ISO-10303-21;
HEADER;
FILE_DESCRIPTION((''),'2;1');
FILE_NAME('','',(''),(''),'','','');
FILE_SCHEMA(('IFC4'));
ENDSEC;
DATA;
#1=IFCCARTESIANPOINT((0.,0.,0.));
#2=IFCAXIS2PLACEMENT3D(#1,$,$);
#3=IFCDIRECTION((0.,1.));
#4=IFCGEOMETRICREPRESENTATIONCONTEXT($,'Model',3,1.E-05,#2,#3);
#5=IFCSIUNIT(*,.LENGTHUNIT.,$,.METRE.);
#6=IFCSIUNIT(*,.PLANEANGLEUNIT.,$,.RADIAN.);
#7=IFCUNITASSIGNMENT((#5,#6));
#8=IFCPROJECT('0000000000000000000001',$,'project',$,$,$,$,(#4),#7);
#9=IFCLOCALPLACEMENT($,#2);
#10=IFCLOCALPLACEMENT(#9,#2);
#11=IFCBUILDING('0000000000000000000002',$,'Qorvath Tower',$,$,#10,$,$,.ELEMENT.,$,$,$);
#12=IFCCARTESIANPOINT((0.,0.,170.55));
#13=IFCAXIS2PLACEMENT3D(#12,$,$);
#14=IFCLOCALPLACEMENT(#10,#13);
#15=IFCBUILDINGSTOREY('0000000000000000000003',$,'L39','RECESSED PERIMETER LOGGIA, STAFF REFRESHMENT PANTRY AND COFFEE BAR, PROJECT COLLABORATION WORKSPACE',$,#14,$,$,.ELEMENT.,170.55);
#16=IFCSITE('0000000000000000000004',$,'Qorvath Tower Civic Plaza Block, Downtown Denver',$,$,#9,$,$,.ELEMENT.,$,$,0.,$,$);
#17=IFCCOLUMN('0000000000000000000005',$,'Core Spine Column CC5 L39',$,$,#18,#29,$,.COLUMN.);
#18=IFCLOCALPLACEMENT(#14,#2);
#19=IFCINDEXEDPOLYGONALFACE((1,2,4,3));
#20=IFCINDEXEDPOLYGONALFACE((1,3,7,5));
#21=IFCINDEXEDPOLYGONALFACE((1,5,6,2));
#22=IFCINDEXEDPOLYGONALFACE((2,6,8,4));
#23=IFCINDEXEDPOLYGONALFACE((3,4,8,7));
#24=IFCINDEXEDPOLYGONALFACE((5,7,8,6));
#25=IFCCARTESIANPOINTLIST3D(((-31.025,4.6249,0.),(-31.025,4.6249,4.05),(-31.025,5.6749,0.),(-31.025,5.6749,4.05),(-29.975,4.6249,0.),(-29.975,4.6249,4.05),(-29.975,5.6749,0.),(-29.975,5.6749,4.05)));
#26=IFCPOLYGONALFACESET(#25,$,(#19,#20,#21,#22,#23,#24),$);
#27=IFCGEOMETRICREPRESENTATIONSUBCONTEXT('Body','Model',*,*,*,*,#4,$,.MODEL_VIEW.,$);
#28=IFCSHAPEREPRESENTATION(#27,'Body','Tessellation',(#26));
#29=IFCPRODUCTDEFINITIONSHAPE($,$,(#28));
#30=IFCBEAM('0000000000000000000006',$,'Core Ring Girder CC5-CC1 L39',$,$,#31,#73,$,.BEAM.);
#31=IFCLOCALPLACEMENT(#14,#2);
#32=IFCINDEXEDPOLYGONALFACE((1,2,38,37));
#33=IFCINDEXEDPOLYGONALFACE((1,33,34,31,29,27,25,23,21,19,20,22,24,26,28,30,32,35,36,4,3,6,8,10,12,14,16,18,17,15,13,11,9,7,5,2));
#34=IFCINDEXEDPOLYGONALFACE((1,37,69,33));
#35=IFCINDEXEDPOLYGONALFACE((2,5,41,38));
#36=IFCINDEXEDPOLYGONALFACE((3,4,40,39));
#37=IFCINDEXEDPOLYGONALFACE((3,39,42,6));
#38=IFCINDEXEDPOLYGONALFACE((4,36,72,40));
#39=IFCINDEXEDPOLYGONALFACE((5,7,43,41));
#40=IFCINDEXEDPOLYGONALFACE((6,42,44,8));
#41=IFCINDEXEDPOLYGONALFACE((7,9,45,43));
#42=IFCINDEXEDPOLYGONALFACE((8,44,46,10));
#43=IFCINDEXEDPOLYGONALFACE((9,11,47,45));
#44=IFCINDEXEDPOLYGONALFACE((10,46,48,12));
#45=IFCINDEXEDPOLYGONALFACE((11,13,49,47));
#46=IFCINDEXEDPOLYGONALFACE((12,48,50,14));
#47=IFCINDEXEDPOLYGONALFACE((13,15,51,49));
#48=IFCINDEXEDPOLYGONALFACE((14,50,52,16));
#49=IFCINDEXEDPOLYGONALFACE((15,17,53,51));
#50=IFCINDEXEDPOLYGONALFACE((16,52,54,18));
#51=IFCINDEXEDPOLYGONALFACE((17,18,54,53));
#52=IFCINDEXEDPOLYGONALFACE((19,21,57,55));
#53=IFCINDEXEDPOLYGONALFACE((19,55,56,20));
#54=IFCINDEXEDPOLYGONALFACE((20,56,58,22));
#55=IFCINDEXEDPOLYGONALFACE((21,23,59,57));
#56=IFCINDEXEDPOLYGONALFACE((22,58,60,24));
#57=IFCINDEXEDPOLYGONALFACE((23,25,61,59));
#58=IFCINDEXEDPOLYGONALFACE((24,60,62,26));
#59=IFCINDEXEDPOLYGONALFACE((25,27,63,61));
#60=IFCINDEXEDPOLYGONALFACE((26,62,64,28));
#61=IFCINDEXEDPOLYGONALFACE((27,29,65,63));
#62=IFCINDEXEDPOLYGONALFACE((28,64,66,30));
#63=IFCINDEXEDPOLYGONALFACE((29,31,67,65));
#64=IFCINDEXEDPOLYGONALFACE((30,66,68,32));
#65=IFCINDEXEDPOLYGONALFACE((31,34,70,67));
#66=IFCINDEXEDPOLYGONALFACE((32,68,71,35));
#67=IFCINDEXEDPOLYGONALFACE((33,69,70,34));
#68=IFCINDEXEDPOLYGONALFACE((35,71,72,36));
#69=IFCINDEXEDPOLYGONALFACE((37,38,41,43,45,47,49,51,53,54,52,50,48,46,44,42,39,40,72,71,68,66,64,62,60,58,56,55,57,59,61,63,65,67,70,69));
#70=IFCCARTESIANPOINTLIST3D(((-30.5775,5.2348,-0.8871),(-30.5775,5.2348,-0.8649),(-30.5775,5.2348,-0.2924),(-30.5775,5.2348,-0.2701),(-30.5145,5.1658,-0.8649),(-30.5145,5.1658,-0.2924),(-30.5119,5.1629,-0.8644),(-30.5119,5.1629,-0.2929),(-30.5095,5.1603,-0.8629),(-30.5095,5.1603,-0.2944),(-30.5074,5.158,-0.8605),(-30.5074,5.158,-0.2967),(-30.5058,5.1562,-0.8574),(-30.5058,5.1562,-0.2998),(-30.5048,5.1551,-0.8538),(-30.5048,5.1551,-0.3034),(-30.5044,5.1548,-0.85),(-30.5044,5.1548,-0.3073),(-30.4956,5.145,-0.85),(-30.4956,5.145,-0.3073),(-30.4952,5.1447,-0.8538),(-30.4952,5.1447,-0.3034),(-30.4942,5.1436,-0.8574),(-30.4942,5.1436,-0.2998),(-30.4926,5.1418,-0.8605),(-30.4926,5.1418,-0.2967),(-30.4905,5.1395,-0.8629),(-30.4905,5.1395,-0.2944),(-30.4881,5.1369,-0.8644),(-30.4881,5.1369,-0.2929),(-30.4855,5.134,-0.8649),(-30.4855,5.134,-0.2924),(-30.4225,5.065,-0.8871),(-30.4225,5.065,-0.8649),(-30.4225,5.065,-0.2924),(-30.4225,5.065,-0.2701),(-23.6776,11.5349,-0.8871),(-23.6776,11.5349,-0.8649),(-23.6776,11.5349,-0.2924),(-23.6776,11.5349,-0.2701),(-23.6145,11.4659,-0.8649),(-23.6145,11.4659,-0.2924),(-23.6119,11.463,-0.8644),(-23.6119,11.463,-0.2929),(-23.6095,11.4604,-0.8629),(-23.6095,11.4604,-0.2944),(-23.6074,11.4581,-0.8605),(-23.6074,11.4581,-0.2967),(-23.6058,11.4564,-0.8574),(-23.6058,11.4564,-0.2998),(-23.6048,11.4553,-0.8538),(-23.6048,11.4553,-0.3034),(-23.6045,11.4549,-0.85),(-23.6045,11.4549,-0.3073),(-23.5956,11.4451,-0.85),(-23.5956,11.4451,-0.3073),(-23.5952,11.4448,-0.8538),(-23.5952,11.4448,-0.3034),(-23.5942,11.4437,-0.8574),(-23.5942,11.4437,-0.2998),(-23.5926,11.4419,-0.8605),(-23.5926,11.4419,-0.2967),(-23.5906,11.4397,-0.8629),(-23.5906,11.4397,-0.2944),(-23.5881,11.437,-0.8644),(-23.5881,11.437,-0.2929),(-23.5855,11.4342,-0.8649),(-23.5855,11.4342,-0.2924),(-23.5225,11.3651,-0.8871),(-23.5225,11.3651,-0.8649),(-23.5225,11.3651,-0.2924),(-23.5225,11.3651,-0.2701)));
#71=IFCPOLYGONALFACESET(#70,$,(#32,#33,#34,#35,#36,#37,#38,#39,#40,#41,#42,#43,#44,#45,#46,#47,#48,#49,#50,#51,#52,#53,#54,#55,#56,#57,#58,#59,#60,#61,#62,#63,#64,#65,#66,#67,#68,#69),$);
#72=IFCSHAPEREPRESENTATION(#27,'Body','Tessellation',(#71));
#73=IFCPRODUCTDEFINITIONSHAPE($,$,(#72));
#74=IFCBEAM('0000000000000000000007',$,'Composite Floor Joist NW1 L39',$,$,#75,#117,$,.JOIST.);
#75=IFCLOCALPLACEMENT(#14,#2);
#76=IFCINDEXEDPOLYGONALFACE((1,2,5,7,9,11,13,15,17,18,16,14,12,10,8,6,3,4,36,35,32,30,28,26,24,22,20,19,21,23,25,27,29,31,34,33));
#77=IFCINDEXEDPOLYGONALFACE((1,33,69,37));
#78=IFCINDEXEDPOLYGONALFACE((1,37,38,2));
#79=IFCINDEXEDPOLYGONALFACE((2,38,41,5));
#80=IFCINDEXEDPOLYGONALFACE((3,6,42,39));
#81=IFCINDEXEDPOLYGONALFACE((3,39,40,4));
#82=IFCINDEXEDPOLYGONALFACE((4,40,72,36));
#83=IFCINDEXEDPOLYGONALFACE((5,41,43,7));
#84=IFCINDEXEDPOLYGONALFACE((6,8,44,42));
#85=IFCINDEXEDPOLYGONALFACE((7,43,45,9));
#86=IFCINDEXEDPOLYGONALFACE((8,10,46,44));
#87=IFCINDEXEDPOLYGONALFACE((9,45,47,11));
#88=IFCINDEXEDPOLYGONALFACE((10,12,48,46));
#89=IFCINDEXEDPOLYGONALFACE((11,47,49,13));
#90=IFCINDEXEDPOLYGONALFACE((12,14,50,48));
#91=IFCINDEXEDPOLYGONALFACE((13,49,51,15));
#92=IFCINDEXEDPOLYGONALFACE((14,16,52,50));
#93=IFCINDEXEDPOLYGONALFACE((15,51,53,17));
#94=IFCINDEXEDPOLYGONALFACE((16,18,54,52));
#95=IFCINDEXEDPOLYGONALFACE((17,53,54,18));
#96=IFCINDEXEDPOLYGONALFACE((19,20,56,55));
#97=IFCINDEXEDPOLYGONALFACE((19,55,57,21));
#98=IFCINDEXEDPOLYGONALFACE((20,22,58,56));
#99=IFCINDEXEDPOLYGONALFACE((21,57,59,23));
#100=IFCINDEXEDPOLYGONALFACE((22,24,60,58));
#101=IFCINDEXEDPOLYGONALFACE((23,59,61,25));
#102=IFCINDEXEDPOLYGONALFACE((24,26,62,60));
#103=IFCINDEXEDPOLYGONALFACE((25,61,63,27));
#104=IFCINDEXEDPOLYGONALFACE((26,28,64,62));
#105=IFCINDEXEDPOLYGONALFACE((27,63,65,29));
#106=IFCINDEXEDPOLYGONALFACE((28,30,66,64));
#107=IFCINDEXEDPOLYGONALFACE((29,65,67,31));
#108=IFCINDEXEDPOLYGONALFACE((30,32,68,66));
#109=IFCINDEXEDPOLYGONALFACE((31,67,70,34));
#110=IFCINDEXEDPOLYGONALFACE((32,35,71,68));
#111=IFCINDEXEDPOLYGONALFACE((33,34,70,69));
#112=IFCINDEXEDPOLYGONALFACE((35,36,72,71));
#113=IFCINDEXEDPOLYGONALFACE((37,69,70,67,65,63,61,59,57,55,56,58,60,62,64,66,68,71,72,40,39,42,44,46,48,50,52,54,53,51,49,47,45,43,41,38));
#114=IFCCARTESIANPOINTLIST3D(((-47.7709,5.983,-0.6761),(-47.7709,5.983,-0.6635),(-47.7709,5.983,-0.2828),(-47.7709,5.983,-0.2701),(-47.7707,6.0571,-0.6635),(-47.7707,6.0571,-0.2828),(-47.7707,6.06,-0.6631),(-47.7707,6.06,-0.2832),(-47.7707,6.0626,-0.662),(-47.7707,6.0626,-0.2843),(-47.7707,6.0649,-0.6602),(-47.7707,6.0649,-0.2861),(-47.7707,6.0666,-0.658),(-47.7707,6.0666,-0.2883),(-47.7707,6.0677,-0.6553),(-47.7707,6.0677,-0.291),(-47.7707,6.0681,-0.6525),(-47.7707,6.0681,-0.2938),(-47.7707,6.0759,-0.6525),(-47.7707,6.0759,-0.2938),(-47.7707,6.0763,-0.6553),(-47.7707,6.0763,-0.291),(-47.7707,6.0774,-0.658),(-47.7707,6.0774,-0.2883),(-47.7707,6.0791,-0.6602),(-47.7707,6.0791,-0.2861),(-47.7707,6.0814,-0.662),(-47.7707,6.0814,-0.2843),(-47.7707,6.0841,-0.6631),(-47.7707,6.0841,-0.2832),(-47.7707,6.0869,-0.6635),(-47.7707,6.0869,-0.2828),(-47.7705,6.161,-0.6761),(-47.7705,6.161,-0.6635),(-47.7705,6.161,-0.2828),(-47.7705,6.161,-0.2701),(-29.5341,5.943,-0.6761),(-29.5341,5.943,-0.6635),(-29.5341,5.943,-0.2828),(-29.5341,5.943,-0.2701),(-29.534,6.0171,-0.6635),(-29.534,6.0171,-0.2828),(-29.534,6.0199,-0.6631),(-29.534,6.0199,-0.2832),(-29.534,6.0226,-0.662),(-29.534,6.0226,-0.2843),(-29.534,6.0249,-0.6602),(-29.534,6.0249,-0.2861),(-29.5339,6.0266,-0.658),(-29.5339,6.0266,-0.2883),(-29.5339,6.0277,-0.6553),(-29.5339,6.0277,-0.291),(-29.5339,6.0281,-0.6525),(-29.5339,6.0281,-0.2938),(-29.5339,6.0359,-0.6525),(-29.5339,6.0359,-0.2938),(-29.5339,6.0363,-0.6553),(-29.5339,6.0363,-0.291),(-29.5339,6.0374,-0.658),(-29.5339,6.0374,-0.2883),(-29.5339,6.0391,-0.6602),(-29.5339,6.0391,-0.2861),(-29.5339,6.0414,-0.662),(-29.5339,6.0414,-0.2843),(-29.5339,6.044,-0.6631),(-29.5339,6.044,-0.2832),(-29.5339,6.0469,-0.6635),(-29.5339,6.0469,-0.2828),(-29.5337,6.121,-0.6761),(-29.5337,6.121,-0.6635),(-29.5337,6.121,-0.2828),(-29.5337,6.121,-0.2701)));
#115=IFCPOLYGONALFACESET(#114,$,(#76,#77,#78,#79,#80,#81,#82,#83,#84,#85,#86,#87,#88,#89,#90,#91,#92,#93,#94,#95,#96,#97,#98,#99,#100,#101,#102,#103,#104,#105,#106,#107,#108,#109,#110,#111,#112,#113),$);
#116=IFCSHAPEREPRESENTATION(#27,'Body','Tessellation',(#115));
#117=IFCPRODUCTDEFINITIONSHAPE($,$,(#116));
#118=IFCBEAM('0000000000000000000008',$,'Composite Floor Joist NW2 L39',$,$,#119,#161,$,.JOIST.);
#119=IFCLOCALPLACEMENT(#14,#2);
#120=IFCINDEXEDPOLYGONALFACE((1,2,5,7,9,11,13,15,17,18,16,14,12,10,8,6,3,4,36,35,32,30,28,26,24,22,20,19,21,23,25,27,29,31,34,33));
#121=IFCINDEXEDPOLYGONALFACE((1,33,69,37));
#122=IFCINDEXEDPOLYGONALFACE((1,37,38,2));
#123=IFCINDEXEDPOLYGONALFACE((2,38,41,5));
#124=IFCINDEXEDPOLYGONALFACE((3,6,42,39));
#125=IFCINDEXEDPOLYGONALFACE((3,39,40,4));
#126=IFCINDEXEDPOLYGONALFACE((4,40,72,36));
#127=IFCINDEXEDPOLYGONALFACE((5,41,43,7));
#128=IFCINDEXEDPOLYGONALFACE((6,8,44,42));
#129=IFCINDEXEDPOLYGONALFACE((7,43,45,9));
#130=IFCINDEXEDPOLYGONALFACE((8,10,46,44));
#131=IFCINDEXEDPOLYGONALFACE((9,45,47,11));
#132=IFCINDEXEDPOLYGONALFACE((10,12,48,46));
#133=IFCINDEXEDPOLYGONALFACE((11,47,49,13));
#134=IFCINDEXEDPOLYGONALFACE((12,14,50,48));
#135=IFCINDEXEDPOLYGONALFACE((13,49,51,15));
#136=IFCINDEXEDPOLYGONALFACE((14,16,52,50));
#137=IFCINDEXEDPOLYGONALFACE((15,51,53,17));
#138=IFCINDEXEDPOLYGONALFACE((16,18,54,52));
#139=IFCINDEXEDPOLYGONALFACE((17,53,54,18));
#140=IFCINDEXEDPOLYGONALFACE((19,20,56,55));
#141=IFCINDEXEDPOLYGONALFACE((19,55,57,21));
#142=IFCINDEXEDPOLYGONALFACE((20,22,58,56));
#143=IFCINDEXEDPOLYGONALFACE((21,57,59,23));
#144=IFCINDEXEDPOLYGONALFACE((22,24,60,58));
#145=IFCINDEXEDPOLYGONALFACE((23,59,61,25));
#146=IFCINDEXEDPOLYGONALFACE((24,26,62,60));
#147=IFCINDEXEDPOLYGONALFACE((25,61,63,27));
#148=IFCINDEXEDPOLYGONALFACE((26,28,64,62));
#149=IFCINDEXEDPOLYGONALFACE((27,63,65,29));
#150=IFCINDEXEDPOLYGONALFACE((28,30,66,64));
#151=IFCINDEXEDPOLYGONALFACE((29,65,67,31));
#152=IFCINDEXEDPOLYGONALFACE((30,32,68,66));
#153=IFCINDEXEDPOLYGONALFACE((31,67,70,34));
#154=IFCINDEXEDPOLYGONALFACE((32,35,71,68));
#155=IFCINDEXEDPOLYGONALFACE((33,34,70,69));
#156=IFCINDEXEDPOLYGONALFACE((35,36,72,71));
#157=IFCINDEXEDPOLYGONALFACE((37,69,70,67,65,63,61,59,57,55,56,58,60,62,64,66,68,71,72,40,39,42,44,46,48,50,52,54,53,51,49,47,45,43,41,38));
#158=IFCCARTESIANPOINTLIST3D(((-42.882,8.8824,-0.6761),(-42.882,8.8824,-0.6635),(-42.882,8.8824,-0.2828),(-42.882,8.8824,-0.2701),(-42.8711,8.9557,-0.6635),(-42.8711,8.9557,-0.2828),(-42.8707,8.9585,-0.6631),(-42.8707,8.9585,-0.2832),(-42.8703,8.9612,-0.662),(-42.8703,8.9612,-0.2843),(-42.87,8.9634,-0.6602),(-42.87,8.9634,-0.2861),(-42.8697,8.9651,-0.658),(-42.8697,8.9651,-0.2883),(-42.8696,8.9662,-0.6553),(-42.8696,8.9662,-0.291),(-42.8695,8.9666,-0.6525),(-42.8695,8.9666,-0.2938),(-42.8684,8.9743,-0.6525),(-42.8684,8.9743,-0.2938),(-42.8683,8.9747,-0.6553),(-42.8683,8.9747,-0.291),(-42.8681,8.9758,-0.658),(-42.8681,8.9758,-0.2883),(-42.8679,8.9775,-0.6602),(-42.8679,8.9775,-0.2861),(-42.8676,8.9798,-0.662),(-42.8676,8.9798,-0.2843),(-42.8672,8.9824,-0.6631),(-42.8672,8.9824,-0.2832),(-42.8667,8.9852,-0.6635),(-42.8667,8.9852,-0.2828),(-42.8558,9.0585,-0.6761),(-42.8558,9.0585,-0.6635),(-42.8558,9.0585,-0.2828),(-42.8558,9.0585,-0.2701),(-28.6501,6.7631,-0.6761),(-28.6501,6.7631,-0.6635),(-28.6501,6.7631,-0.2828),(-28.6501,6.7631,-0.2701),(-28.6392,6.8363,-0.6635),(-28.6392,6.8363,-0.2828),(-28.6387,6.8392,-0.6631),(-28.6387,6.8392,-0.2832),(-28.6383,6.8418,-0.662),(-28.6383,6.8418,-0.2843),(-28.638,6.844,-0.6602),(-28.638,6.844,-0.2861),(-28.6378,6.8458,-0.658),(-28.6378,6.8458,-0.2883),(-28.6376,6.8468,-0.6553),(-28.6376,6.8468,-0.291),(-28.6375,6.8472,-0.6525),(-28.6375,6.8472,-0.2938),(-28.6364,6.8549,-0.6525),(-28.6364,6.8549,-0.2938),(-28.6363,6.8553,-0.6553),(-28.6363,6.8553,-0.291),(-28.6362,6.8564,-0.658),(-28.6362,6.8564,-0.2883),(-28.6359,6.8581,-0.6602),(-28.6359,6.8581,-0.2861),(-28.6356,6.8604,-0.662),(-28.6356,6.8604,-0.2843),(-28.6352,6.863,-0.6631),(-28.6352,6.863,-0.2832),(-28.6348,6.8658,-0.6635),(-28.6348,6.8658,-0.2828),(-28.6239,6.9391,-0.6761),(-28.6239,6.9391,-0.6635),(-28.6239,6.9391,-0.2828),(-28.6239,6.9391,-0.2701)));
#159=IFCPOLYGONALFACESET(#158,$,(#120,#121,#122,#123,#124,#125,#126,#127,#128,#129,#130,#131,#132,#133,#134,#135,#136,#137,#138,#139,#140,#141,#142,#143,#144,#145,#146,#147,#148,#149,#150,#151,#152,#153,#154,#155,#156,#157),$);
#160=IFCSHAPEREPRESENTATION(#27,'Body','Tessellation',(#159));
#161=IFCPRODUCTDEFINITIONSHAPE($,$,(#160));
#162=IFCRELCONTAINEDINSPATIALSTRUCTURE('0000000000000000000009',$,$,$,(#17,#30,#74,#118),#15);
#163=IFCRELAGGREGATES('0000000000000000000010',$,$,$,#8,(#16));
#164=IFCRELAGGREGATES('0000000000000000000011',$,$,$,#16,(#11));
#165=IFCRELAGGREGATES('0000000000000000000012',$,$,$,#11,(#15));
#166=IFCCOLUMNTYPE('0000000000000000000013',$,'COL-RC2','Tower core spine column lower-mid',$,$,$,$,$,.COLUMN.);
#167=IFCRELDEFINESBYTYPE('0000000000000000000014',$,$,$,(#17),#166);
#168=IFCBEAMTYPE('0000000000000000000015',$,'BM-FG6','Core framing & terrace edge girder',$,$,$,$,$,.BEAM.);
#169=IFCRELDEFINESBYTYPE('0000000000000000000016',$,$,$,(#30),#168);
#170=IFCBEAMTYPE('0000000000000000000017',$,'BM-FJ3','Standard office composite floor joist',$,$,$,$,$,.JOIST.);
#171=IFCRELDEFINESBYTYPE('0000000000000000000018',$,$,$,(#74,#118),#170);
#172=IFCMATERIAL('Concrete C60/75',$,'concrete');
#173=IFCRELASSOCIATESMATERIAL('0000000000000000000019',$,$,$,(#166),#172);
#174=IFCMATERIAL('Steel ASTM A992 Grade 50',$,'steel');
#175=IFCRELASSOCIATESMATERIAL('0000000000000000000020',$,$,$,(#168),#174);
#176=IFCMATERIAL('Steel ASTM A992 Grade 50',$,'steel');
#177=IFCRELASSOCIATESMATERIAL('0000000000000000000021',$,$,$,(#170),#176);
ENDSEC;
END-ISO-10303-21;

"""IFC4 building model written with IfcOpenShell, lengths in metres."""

from ifc_helpers import new_model, si_unit, direction, frame, origin, origin_2d, place, context, subcontext, project, spatial, rectangle, i_section, extrude, material, material_profile, profile_set, type_object, element, save


model = new_model("IFC4")

# Units and contexts
model_context = context("Model", 3, precision=1e-05, world=origin(), true_north=direction((0.0, 1.0)))
body_context = subcontext(model_context, "Body", "Model", "MODEL_VIEW")
ifc_project = project(units=[si_unit("LENGTHUNIT", "METRE"), si_unit("PLANEANGLEUNIT", "RADIAN")], contexts=[model_context])

# Site, building, storey
site_placement = place(None, origin())
site = spatial("IfcSite", under=ifc_project, at=site_placement, Name="Qorvath Tower Civic Plaza Block, Downtown Denver", CompositionType="ELEMENT", RefElevation=0.0)
building_placement = place(site_placement, origin())
building = spatial("IfcBuilding", under=site, at=building_placement, Name="Qorvath Tower", CompositionType="ELEMENT")
storey_placement = place(building_placement, frame((0.0, 0.0, 170.55)))
storey = spatial("IfcBuildingStorey", under=building, at=storey_placement, Name="L39", Description="RECESSED PERIMETER LOGGIA, STAFF REFRESHMENT PANTRY AND COFFEE BAR, PROJECT COLLABORATION WORKSPACE", CompositionType="ELEMENT", Elevation=170.55)

# Column
ifc_material_1 = material(Name="Concrete C60/75", Category="concrete")
ifc_material_profile_1 = material_profile(ifc_material_1, rectangle(XDim=1.05, YDim=1.05, at=origin_2d()), Name="RC 1050x1050")
ifc_profile_set_1 = profile_set([ifc_material_profile_1], Name="Concrete C60/75")
column_type = type_object("IfcColumnType", Name="COL-RC2", Description="Tower core spine column lower-mid", PredefinedType="COLUMN", material=ifc_profile_set_1)
column_placement = place(storey_placement, frame((-30.5, 5.1499, 0.0), z_axis=(0.0, 0.0, 1.0), x_axis=(1.0, 0.0, 0.0)))
element("IfcColumn", 1, at=column_placement, inside=storey, type_object=column_type, Name="Core Spine Column CC5 L39", PredefinedType="COLUMN", context=body_context, shape_type="SweptSolid", body=[
    extrude(rectangle(XDim=1.05, YDim=1.05, at=origin_2d()), origin(), (0.0, 0.0, 1.0), 4.05),
])

# Beams
ifc_material_2 = material(Name="Steel ASTM A992 Grade 50", Category="steel")
ifc_material_profile_2 = material_profile(ifc_material_2, i_section(OverallWidth=0.23, OverallDepth=0.6169, WebThickness=0.0132, FlangeThickness=0.0222, FilletRadius=0.0149, at=origin_2d()), Name="W24x94")
ifc_profile_set_2 = profile_set([ifc_material_profile_2], Name="Steel ASTM A992 Grade 50")
beam_type_1 = type_object("IfcBeamType", Name="BM-FG6", Description="Core framing & terrace edge girder", PredefinedType="BEAM", material=ifc_profile_set_2)
beam_1_placement = place(storey_placement, frame((-30.5, 5.1499, -0.5786), z_axis=(0.738478, 0.674277, 0.0), x_axis=(-0.674277, 0.738478, 0.0)))
element("IfcBeam", 2, at=beam_1_placement, inside=storey, type_object=beam_type_1, Name="Core Ring Girder CC5-CC1 L39", PredefinedType="BEAM", context=body_context, shape_type="SweptSolid", body=[
    extrude(i_section(OverallWidth=0.23, OverallDepth=0.6169, WebThickness=0.0132, FlangeThickness=0.0222, FilletRadius=0.0149, at=origin_2d()), origin(), (0.0, 0.0, 1.0), 9.3435),
])
ifc_material_3 = material(Name="Steel ASTM A992 Grade 50", Category="steel")
ifc_material_profile_3 = material_profile(ifc_material_3, i_section(OverallWidth=0.178, OverallDepth=0.406, WebThickness=0.0078, FlangeThickness=0.0127, FilletRadius=0.011, at=origin_2d()), Name="W16x40")
ifc_profile_set_3 = profile_set([ifc_material_profile_3], Name="Steel ASTM A992 Grade 50")
beam_type_2 = type_object("IfcBeamType", Name="BM-FJ3", Description="Standard office composite floor joist", PredefinedType="JOIST", material=ifc_profile_set_3)
beam_2_placement = place(storey_placement, frame((-29.5339, 6.032, -0.4731), z_axis=(-0.999998, 0.002196, 0.0), x_axis=(-0.002196, -0.999998, 0.0)))
element("IfcBeam", 3, at=beam_2_placement, inside=storey, type_object=beam_type_2, Name="Composite Floor Joist NW1 L39", PredefinedType="JOIST", context=body_context, shape_type="SweptSolid", body=[
    extrude(i_section(OverallWidth=0.178, OverallDepth=0.406, WebThickness=0.0078, FlangeThickness=0.0127, FilletRadius=0.011, at=origin_2d()), origin(), (0.0, 0.0, 1.0), 18.2368),
])
beam_3_placement = place(storey_placement, frame((-28.637, 6.8511, -0.4731), z_axis=(-0.989093, 0.147293, 0.0), x_axis=(-0.147293, -0.989093, 0.0)))
element("IfcBeam", 4, at=beam_3_placement, inside=storey, type_object=beam_type_2, Name="Composite Floor Joist NW2 L39", PredefinedType="JOIST", context=body_context, shape_type="SweptSolid", body=[
    extrude(i_section(OverallWidth=0.178, OverallDepth=0.406, WebThickness=0.0078, FlangeThickness=0.0127, FilletRadius=0.011, at=origin_2d()), origin(), (0.0, 0.0, 1.0), 14.3889),
])

save(model, "model.ifc")
